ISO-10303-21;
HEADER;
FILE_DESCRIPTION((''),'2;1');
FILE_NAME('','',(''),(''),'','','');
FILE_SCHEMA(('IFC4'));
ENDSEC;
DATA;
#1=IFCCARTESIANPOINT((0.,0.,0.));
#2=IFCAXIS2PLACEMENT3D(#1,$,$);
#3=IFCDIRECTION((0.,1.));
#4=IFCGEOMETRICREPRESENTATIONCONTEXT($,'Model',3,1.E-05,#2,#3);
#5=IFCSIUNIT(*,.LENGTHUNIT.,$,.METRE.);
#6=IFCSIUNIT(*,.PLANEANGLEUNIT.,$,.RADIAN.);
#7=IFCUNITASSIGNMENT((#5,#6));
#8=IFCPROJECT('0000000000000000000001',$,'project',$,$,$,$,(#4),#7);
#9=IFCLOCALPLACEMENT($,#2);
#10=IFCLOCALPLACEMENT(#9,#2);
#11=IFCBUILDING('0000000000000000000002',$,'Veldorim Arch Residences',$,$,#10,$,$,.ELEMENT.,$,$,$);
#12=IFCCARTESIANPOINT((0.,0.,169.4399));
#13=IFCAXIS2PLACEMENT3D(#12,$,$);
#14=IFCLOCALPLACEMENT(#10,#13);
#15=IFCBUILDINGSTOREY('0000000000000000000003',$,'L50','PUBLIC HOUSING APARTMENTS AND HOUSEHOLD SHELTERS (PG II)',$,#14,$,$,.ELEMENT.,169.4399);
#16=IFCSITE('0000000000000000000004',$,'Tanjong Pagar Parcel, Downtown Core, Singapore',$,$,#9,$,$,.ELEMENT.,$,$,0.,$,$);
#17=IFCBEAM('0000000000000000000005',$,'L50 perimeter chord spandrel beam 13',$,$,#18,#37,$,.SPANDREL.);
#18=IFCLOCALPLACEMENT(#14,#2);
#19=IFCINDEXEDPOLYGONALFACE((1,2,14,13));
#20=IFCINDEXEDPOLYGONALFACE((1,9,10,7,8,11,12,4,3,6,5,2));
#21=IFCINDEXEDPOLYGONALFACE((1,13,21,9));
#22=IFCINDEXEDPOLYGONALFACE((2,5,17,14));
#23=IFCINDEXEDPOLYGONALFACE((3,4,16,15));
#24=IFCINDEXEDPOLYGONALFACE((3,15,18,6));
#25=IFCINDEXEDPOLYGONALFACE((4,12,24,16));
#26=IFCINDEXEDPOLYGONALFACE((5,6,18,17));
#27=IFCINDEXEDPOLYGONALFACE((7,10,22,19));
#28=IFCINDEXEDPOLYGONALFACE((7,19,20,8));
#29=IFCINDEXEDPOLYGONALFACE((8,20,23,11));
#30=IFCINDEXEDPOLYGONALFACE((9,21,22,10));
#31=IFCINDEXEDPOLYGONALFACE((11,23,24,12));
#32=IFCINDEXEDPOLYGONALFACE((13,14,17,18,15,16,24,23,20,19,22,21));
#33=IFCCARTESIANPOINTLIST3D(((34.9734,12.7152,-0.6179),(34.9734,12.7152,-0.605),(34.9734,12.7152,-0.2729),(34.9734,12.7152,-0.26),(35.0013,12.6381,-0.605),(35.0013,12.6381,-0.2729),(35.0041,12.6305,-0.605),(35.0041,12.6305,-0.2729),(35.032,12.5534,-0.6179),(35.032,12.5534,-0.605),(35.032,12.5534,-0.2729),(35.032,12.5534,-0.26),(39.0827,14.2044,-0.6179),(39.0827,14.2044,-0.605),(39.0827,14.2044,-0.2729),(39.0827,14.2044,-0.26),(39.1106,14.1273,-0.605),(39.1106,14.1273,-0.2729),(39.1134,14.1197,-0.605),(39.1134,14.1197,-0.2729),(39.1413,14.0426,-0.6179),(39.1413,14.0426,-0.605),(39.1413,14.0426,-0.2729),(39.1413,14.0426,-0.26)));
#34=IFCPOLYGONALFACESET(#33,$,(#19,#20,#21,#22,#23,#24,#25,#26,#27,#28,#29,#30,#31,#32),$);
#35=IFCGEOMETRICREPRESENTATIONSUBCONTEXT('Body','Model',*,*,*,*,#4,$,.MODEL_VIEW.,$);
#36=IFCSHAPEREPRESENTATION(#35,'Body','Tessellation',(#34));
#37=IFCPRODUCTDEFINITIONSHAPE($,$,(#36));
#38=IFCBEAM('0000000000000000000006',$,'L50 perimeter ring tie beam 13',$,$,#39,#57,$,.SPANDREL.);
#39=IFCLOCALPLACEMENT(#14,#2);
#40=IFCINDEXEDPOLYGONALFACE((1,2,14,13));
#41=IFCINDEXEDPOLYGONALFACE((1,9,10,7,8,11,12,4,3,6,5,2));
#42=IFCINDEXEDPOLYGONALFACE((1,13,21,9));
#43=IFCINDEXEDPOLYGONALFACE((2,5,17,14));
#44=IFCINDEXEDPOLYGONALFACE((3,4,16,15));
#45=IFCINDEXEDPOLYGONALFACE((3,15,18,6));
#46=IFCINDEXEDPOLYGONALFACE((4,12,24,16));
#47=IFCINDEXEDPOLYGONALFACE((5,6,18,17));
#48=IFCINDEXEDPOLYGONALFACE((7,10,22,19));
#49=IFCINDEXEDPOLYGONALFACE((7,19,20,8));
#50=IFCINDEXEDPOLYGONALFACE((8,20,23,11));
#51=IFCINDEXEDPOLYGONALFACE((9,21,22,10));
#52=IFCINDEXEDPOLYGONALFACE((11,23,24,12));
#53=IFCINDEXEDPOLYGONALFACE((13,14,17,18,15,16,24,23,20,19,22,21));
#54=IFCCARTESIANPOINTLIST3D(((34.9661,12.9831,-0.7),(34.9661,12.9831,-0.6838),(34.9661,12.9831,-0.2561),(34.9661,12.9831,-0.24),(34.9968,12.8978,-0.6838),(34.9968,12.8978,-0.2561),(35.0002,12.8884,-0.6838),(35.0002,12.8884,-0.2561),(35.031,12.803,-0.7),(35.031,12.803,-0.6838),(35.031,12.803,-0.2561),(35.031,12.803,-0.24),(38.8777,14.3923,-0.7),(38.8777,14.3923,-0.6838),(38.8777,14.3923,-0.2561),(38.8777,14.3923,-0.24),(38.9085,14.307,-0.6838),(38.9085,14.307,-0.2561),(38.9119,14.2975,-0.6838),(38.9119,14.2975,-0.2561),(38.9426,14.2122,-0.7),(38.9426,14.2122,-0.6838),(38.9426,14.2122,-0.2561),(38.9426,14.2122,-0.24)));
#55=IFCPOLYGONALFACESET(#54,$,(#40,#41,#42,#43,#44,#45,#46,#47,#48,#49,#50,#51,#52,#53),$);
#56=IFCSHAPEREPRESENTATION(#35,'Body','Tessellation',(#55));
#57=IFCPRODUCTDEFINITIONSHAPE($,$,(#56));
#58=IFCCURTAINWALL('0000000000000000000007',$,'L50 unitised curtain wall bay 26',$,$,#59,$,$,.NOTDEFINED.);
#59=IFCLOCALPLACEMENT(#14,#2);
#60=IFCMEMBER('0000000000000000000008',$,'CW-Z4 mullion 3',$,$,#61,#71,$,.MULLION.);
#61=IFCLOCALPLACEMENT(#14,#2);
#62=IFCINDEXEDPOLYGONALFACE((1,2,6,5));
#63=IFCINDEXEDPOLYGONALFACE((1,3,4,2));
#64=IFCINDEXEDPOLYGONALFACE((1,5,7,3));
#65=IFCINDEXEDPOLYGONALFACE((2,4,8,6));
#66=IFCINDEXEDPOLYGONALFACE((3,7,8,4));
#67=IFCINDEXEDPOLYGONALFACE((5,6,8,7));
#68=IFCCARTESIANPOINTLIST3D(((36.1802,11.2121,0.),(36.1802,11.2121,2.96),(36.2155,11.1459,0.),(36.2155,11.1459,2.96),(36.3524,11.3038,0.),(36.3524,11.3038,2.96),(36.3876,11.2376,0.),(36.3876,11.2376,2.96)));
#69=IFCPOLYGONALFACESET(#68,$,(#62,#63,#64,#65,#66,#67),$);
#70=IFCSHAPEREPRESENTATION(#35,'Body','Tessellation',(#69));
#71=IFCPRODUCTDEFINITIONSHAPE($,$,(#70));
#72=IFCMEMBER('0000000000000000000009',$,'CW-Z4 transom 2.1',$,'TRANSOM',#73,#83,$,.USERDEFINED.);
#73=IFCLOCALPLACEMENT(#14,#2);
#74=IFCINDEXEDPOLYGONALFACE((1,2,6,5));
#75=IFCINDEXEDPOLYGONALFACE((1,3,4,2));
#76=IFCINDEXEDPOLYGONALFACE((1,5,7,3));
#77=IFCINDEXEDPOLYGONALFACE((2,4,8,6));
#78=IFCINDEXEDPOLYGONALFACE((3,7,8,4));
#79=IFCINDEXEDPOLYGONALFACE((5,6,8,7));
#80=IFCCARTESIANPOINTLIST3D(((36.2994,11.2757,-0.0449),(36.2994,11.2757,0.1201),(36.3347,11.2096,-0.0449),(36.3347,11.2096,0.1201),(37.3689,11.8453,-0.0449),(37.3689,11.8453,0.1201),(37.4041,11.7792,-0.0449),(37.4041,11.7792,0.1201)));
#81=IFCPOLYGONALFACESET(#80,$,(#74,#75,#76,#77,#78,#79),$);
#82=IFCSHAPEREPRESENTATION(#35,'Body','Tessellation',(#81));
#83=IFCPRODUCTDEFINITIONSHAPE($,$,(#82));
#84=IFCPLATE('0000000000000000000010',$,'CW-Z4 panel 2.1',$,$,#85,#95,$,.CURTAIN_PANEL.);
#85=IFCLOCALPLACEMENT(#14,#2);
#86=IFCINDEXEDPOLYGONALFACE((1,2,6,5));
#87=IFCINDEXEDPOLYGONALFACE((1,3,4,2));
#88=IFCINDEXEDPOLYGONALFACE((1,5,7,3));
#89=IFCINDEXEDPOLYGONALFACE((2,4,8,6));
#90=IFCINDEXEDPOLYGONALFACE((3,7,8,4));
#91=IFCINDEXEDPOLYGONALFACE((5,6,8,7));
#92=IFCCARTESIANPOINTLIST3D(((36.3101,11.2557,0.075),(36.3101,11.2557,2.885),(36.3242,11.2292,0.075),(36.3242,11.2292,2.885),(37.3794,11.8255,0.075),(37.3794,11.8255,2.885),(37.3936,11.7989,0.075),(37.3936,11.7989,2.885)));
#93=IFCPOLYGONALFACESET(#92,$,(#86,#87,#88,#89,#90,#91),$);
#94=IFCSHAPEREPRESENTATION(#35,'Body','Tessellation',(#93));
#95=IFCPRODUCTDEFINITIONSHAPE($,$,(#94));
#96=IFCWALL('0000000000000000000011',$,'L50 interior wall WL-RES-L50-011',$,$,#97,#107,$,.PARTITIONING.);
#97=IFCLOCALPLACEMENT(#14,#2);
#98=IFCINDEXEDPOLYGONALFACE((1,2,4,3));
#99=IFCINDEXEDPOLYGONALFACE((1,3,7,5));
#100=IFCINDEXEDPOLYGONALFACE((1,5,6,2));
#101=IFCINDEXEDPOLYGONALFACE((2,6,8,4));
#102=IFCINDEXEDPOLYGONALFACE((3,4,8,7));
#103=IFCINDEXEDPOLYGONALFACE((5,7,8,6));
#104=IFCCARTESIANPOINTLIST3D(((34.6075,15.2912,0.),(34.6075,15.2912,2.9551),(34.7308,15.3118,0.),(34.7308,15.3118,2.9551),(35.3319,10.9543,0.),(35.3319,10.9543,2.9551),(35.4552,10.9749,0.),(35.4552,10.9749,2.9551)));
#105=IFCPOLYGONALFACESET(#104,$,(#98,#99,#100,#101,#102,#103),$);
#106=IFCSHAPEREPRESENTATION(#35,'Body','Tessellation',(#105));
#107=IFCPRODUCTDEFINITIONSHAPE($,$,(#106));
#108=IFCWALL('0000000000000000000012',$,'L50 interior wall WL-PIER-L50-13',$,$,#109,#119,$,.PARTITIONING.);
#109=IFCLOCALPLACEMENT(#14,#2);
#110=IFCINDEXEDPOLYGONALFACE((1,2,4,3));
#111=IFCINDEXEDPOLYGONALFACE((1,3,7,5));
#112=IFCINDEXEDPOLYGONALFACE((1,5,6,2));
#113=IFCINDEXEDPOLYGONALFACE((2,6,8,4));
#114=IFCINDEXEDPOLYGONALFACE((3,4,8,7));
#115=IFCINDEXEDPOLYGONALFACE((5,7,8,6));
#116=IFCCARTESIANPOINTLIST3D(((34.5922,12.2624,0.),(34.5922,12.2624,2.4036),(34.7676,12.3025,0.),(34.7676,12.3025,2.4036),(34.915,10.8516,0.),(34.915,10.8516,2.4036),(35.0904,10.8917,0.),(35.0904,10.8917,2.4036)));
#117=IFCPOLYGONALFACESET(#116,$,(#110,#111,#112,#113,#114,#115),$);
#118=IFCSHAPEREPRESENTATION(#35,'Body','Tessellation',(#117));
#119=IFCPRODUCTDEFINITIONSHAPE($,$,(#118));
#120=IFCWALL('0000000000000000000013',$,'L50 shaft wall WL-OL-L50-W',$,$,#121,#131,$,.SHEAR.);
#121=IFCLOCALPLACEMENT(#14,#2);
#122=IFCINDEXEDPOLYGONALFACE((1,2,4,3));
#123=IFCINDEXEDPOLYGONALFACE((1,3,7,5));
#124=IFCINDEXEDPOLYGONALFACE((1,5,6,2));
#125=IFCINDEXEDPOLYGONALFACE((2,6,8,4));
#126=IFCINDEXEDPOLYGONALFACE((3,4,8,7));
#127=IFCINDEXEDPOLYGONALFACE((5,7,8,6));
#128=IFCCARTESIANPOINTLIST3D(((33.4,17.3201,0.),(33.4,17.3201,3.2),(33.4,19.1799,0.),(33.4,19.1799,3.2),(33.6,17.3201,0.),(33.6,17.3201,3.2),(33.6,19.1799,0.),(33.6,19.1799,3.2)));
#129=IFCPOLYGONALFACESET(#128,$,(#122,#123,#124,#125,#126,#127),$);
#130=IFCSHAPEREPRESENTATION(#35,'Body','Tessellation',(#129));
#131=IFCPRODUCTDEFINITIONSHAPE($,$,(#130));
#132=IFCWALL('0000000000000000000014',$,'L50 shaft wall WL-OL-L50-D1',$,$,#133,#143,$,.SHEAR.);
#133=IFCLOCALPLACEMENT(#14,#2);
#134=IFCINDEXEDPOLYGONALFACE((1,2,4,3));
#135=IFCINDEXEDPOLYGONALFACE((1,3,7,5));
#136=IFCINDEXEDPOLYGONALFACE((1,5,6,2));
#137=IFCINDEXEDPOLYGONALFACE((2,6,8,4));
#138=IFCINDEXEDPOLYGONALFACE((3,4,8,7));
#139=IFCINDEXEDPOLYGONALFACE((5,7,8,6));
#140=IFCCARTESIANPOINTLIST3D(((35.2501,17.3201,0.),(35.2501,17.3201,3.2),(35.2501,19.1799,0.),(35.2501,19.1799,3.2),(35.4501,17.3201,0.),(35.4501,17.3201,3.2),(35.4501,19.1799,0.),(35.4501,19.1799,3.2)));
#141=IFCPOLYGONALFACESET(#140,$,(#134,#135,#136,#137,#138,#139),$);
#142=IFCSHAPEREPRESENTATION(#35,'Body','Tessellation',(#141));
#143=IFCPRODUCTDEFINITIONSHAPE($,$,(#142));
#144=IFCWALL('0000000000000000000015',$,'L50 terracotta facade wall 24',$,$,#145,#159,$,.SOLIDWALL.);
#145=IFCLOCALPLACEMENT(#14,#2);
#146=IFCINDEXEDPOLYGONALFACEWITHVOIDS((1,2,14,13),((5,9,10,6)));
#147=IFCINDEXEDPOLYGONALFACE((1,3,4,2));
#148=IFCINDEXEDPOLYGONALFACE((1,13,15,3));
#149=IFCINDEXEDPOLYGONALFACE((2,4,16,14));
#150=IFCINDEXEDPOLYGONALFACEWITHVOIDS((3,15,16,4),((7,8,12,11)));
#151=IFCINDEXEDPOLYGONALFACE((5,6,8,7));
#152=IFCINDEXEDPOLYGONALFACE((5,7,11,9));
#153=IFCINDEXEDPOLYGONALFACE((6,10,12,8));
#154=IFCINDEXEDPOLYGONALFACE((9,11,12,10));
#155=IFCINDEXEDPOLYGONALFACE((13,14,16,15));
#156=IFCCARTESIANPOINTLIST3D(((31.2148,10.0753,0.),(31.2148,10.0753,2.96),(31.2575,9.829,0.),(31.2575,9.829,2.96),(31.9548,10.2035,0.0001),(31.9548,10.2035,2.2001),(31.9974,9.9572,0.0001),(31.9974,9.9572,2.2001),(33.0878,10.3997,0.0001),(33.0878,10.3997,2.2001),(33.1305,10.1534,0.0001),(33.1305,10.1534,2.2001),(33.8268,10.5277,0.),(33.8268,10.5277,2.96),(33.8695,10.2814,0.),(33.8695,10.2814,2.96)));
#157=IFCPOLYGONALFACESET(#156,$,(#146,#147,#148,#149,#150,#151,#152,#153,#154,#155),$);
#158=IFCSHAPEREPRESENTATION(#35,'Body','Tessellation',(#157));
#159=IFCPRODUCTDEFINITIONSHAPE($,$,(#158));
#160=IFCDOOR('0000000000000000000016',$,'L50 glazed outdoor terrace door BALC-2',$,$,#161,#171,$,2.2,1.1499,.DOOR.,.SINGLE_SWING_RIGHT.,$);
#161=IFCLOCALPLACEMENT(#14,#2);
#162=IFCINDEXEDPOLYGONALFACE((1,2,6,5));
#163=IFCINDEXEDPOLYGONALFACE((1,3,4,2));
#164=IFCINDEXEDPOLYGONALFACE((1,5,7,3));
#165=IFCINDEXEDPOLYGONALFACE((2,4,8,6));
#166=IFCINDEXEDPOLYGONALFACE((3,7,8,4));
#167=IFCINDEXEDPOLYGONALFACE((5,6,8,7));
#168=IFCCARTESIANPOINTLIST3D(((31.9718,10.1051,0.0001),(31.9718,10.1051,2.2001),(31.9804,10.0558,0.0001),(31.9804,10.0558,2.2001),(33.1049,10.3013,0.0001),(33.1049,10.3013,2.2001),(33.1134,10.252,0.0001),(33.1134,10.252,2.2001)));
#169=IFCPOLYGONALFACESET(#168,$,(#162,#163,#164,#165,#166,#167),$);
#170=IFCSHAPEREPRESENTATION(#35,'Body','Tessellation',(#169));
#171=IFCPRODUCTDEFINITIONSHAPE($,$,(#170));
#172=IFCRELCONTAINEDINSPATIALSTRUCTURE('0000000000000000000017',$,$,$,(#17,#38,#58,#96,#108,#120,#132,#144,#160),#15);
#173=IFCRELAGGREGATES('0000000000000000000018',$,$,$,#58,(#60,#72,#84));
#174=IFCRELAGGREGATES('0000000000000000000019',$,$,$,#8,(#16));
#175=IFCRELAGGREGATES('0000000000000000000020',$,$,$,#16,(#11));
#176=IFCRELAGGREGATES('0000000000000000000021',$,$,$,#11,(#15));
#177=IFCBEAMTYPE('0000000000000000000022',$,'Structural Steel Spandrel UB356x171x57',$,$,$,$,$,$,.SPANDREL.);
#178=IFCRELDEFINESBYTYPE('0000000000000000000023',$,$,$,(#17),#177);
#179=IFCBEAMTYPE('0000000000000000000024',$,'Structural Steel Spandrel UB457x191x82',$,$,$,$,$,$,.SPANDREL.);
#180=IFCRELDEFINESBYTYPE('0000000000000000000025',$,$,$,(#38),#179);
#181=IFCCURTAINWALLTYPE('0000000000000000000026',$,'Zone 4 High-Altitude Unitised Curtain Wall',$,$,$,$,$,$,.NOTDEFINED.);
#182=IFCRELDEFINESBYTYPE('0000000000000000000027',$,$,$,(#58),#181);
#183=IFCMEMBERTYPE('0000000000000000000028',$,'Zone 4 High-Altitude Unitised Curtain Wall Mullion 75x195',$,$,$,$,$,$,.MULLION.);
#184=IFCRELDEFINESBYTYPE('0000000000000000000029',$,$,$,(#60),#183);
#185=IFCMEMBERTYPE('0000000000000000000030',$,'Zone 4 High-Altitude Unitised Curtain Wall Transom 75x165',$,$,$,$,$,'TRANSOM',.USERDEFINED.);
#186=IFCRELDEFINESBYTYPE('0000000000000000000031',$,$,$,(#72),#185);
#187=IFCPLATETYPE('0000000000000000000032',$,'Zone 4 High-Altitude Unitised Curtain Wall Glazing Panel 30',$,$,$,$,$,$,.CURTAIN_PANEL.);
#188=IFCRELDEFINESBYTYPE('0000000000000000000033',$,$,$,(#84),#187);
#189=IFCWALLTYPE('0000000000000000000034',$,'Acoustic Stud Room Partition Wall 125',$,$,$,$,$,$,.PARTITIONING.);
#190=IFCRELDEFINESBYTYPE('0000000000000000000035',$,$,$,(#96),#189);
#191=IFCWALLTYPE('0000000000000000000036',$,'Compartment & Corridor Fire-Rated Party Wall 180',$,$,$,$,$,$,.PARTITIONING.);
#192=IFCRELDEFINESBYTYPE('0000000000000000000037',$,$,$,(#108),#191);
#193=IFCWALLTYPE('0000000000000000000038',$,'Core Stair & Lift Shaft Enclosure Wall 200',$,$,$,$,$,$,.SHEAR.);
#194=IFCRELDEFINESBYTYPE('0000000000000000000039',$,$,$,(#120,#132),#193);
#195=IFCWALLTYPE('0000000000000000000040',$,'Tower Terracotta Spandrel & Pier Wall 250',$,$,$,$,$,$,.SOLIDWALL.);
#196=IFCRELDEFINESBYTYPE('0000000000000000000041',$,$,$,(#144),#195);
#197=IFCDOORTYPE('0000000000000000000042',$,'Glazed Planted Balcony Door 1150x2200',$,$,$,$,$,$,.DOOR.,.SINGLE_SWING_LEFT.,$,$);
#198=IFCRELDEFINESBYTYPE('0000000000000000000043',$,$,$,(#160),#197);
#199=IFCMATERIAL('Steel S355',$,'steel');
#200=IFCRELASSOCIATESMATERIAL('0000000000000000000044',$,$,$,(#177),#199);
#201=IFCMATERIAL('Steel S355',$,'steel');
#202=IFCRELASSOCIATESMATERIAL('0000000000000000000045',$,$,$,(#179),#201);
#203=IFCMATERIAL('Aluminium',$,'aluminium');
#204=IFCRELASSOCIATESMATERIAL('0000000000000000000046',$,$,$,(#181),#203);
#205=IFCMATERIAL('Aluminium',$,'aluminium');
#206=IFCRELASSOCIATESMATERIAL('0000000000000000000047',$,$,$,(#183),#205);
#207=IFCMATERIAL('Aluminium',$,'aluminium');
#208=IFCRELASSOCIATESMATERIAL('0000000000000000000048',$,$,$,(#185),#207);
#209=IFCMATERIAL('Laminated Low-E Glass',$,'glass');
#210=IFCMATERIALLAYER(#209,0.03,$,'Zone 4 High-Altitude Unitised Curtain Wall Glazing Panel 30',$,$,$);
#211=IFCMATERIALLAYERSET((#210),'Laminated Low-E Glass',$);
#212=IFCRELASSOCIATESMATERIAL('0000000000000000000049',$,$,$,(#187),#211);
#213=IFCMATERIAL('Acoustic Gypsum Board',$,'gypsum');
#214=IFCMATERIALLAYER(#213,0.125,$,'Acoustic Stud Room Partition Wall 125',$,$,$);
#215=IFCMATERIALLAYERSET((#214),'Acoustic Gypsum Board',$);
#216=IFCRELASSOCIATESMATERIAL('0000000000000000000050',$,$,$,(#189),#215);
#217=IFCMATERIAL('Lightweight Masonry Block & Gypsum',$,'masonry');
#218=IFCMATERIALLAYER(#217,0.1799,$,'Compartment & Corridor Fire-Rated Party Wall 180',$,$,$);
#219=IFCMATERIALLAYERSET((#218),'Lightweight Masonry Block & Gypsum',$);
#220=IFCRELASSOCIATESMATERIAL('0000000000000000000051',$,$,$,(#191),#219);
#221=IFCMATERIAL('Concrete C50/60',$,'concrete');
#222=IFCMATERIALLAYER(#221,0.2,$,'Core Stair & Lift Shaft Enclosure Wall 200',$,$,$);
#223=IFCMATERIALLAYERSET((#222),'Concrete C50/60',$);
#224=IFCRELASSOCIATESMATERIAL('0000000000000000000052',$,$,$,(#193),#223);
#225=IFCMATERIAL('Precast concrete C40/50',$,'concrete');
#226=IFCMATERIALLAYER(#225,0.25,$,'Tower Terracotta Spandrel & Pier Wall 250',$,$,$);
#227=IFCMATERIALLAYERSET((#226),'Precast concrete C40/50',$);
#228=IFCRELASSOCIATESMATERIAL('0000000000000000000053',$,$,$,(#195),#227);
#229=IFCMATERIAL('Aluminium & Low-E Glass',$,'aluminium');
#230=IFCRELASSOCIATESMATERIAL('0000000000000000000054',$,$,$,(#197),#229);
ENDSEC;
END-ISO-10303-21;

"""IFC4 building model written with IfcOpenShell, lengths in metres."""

from ifc_helpers import new_model, si_unit, direction, frame, frame_2d, origin, origin_2d, place, context, subcontext, project, spatial, rectangle, i_section, extrude, material, layer, layer_set, material_profile, profile_set, type_object, element, fill, aggregate, save


model = new_model("IFC4")

# Units and contexts
model_context = context("Model", 3, precision=1e-05, world=origin(), true_north=direction((0.0, 1.0)))
body_context = subcontext(model_context, "Body", "Model", "MODEL_VIEW")
ifc_project = project(units=[si_unit("LENGTHUNIT", "METRE"), si_unit("PLANEANGLEUNIT", "RADIAN")], contexts=[model_context])

# Site, building, storey
site_placement = place(None, origin())
site = spatial("IfcSite", under=ifc_project, at=site_placement, Name="Tanjong Pagar Parcel, Downtown Core, Singapore", CompositionType="ELEMENT", RefElevation=0.0)
building_placement = place(site_placement, origin())
building = spatial("IfcBuilding", under=site, at=building_placement, Name="Veldorim Arch Residences", CompositionType="ELEMENT")
storey_placement = place(building_placement, frame((0.0, 0.0, 169.4399)))
storey = spatial("IfcBuildingStorey", under=building, at=storey_placement, Name="L50", Description="PUBLIC HOUSING APARTMENTS AND HOUSEHOLD SHELTERS (PG II)", CompositionType="ELEMENT", Elevation=169.4399)

# Beams
ifc_material_1 = material(Name="Steel S355", Category="steel")
ifc_material_profile_1 = material_profile(ifc_material_1, i_section(OverallWidth=0.1721, OverallDepth=0.3579, WebThickness=0.0081, FlangeThickness=0.0129, at=origin_2d()), Name="UB356x171x57")
ifc_profile_set_1 = profile_set([ifc_material_profile_1], Name="Steel S355")
beam_type_1 = type_object("IfcBeamType", Name="Structural Steel Spandrel UB356x171x57", PredefinedType="SPANDREL", material=ifc_profile_set_1)
beam_1_placement = place(storey_placement, frame((35.0027, 12.6343, -0.439), z_axis=(0.940165, 0.34072, 0.0), x_axis=(-0.34072, 0.940165, 0.0)))
element("IfcBeam", 1, at=beam_1_placement, inside=storey, type_object=beam_type_1, Name="L50 perimeter chord spandrel beam 13", PredefinedType="SPANDREL", context=body_context, shape_type="SweptSolid", body=[
    extrude(i_section(OverallWidth=0.1721, OverallDepth=0.3579, WebThickness=0.0081, FlangeThickness=0.0129, at=origin_2d()), origin(), (0.0, 0.0, 1.0), 4.3708),
])
ifc_material_2 = material(Name="Steel S355", Category="steel")
ifc_material_profile_2 = material_profile(ifc_material_2, i_section(OverallWidth=0.1914, OverallDepth=0.46, WebThickness=0.01, FlangeThickness=0.0161, at=origin_2d()), Name="UB457x191x82")
ifc_profile_set_2 = profile_set([ifc_material_profile_2], Name="Steel S355")
beam_type_2 = type_object("IfcBeamType", Name="Structural Steel Spandrel UB457x191x82", PredefinedType="SPANDREL", material=ifc_profile_set_2)
beam_2_placement = place(storey_placement, frame((34.9985, 12.8931, -0.47), z_axis=(0.940811, 0.338932, 0.0), x_axis=(-0.338932, 0.940811, 0.0)))
element("IfcBeam", 2, at=beam_2_placement, inside=storey, type_object=beam_type_2, Name="L50 perimeter ring tie beam 13", PredefinedType="SPANDREL", context=body_context, shape_type="SweptSolid", body=[
    extrude(i_section(OverallWidth=0.1914, OverallDepth=0.46, WebThickness=0.01, FlangeThickness=0.0161, at=origin_2d()), origin(), (0.0, 0.0, 1.0), 4.1577),
])

# Curtain wall, members, plate
ifc_material_3 = material(Name="Aluminium", Category="aluminium")
curtain_wall_type = type_object("IfcCurtainWallType", Name="Zone 4 High-Altitude Unitised Curtain Wall", PredefinedType="NOTDEFINED", material=ifc_material_3)
curtain_wall_placement = place(storey_placement, origin())
curtain_wall = element("IfcCurtainWall", 3, at=curtain_wall_placement, inside=storey, type_object=curtain_wall_type, Name="L50 unitised curtain wall bay 26", PredefinedType="NOTDEFINED")
ifc_material_4 = material(Name="Aluminium", Category="aluminium")
ifc_material_profile_3 = material_profile(ifc_material_4, rectangle(XDim=0.075, YDim=0.1951, at=origin_2d()), Name="ALU_MUL_75x195")
ifc_profile_set_3 = profile_set([ifc_material_profile_3], Name="Aluminium")
member_type_1 = type_object("IfcMemberType", Name="Zone 4 High-Altitude Unitised Curtain Wall Mullion 75x195", PredefinedType="MULLION", material=ifc_profile_set_3)
member_1_placement = place(storey_placement, frame((36.2839, 11.2249, 0.0), z_axis=(0.0, 0.0, 1.0), x_axis=(0.470186, -0.882567, 0.0)))
member_1 = element("IfcMember", 4, at=member_1_placement, type_object=member_type_1, Name="CW-Z4 mullion 3", PredefinedType="MULLION", context=body_context, shape_type="SweptSolid", body=[
    extrude(rectangle(XDim=0.075, YDim=0.1951, at=origin_2d()), origin(), (0.0, 0.0, 1.0), 2.96),
])
ifc_material_5 = material(Name="Aluminium", Category="aluminium")
ifc_material_profile_4 = material_profile(ifc_material_5, rectangle(XDim=0.075, YDim=0.165, at=origin_2d()), Name="ALU_TRN_75x165")
ifc_profile_set_4 = profile_set([ifc_material_profile_4], Name="Aluminium")
member_type_2 = type_object("IfcMemberType", Name="Zone 4 High-Altitude Unitised Curtain Wall Transom 75x165", ElementType="TRANSOM", PredefinedType="USERDEFINED", material=ifc_profile_set_4)
member_2_placement = place(storey_placement, frame((37.3865, 11.8123, 0.0376), z_axis=(-0.882604, -0.470118, 0.0), x_axis=(0.470118, -0.882604, 0.0)))
member_2 = element("IfcMember", 5, at=member_2_placement, type_object=member_type_2, Name="CW-Z4 transom 2.1", ObjectType="TRANSOM", PredefinedType="USERDEFINED", context=body_context, shape_type="SweptSolid", body=[
    extrude(rectangle(XDim=0.075, YDim=0.165, at=origin_2d()), origin(), (0.0, 0.0, 1.0), 1.2117),
])
ifc_material_6 = material(Name="Laminated Low-E Glass", Category="glass")
ifc_layer_1 = layer(ifc_material_6, 0.03, Name="Zone 4 High-Altitude Unitised Curtain Wall Glazing Panel 30")
ifc_layer_set_1 = layer_set([ifc_layer_1], Name="Laminated Low-E Glass")
plate_type = type_object("IfcPlateType", Name="Zone 4 High-Altitude Unitised Curtain Wall Glazing Panel 30", PredefinedType="CURTAIN_PANEL", material=ifc_layer_set_1)
plate_placement = place(storey_placement, frame((36.8518, 11.5273, 0.075), z_axis=(0.0, 0.0, 1.0), x_axis=(-0.882567, -0.470186, 0.0)))
plate = element("IfcPlate", 6, at=plate_placement, type_object=plate_type, Name="CW-Z4 panel 2.1", PredefinedType="CURTAIN_PANEL", context=body_context, shape_type="SweptSolid", body=[
    extrude(rectangle(XDim=1.2117, YDim=0.03, at=origin_2d()), origin(), (0.0, 0.0, 1.0), 2.8101),
])
aggregate(curtain_wall, [member_1, member_2, plate])

# Walls
ifc_material_7 = material(Name="Acoustic Gypsum Board", Category="gypsum")
ifc_layer_2 = layer(ifc_material_7, 0.125, Name="Acoustic Stud Room Partition Wall 125")
ifc_layer_set_2 = layer_set([ifc_layer_2], Name="Acoustic Gypsum Board")
wall_type_1 = type_object("IfcWallType", Name="Acoustic Stud Room Partition Wall 125", PredefinedType="PARTITIONING", material=ifc_layer_set_2)
wall_1_placement = place(storey_placement, frame((35.3936, 10.9646, 0.0), z_axis=(0.0, 0.0, 1.0), x_axis=(-0.164741, 0.986337, 0.0)))
element("IfcWall", 7, at=wall_1_placement, inside=storey, type_object=wall_type_1, Name="L50 interior wall WL-RES-L50-011", PredefinedType="PARTITIONING", context=body_context, shape_type="SweptSolid", body=[
    extrude(rectangle(XDim=4.397, YDim=0.125, at=frame_2d((2.1985, 0.0))), origin(), (0.0, 0.0, 1.0), 2.9551),
])
ifc_material_8 = material(Name="Lightweight Masonry Block & Gypsum", Category="masonry")
ifc_layer_3 = layer(ifc_material_8, 0.1799, Name="Compartment & Corridor Fire-Rated Party Wall 180")
ifc_layer_set_3 = layer_set([ifc_layer_3], Name="Lightweight Masonry Block & Gypsum")
wall_type_2 = type_object("IfcWallType", Name="Compartment & Corridor Fire-Rated Party Wall 180", PredefinedType="PARTITIONING", material=ifc_layer_set_3)
wall_2_placement = place(storey_placement, frame((34.6799, 12.2825, 0.0), z_axis=(0.0, 0.0, 1.0), x_axis=(0.222999, -0.974819, 0.0)))
element("IfcWall", 8, at=wall_2_placement, inside=storey, type_object=wall_type_2, Name="L50 interior wall WL-PIER-L50-13", PredefinedType="PARTITIONING", context=body_context, shape_type="SweptSolid", body=[
    extrude(rectangle(XDim=1.4473, YDim=0.1799, at=frame_2d((0.7236, 0.0))), origin(), (0.0, 0.0, 1.0), 2.4036),
])
ifc_material_9 = material(Name="Concrete C50/60", Category="concrete")
ifc_layer_4 = layer(ifc_material_9, 0.2, Name="Core Stair & Lift Shaft Enclosure Wall 200")
ifc_layer_set_4 = layer_set([ifc_layer_4], Name="Concrete C50/60")
wall_type_3 = type_object("IfcWallType", Name="Core Stair & Lift Shaft Enclosure Wall 200", PredefinedType="SHEAR", material=ifc_layer_set_4)
for number, where, z_axis, x_axis, name in (
    (9, (33.5, 17.3201, 0.0), (0.0, 0.0, 1.0), (0.0, 1.0, 0.0), "L50 shaft wall WL-OL-L50-W"),
    (10, (35.3501, 17.3201, 0.0), (0.0, 0.0, 1.0), (0.0, 1.0, 0.0), "L50 shaft wall WL-OL-L50-D1"),
):
    element("IfcWall", number, at=place(storey_placement, frame(where, z_axis=z_axis, x_axis=x_axis)), inside=storey, type_object=wall_type_3, Name=name, PredefinedType="SHEAR", context=body_context, shape_type="SweptSolid", body=[
        extrude(rectangle(XDim=1.8599, YDim=0.2, at=frame_2d((0.9299, 0.0))), origin(), (0.0, 0.0, 1.0), 3.2),
    ])

# Wall, opening, door
ifc_material_10 = material(Name="Precast concrete C40/50", Category="concrete")
ifc_layer_5 = layer(ifc_material_10, 0.25, Name="Tower Terracotta Spandrel & Pier Wall 250")
ifc_layer_set_5 = layer_set([ifc_layer_5], Name="Precast concrete C40/50")
wall_type_4 = type_object("IfcWallType", Name="Tower Terracotta Spandrel & Pier Wall 250", PredefinedType="SOLIDWALL", material=ifc_layer_set_5)
wall_3_placement = place(storey_placement, frame((33.8481, 10.4045, 0.0), z_axis=(0.0, 0.0, 1.0), x_axis=(-0.985331, -0.170653, 0.0)))
wall_3 = element("IfcWall", 11, at=wall_3_placement, inside=storey, type_object=wall_type_4, Name="L50 terracotta facade wall 24", PredefinedType="SOLIDWALL", context=body_context, shape_type="SweptSolid", body=[
    extrude(rectangle(XDim=2.6509, YDim=0.25, at=frame_2d((1.3254, 0.0))), origin(), (0.0, 0.0, 1.0), 2.96),
])
opening_placement = place(wall_3_placement, frame((0.75, 0.0, 0.0)))
opening = element("IfcOpeningElement", 12, at=opening_placement, cuts=wall_3, PredefinedType="OPENING", context=body_context, shape_type="SweptSolid", body=[
    extrude(rectangle(XDim=1.1499, YDim=2.2, at=frame_2d((0.575, 1.1001))), frame((0.0, 0.135, 0.0), z_axis=(0.0, -1.0, 0.0), x_axis=(1.0, 0.0, 0.0)), (0.0, 0.0, 1.0), 0.27),
])
ifc_material_11 = material(Name="Aluminium & Low-E Glass", Category="aluminium")
door_type = type_object("IfcDoorType", Name="Glazed Planted Balcony Door 1150x2200", OperationType="SINGLE_SWING_LEFT", PredefinedType="DOOR", material=ifc_material_11)
door_placement = place(opening_placement, origin())
door = element("IfcDoor", 13, at=door_placement, inside=storey, type_object=door_type, Name="L50 glazed outdoor terrace door BALC-2", OperationType="SINGLE_SWING_RIGHT", OverallHeight=2.2, OverallWidth=1.1499, PredefinedType="DOOR", context=body_context, shape_type="SweptSolid", body=[
    extrude(rectangle(XDim=1.1499, YDim=2.2, at=frame_2d((0.575, 1.1001))), frame((0.0, 0.0249, 0.0), z_axis=(0.0, -1.0, 0.0), x_axis=(1.0, 0.0, 0.0)), (0.0, 0.0, 1.0), 0.05),
])
fill(opening, door)

save(model, "model.ifc")
